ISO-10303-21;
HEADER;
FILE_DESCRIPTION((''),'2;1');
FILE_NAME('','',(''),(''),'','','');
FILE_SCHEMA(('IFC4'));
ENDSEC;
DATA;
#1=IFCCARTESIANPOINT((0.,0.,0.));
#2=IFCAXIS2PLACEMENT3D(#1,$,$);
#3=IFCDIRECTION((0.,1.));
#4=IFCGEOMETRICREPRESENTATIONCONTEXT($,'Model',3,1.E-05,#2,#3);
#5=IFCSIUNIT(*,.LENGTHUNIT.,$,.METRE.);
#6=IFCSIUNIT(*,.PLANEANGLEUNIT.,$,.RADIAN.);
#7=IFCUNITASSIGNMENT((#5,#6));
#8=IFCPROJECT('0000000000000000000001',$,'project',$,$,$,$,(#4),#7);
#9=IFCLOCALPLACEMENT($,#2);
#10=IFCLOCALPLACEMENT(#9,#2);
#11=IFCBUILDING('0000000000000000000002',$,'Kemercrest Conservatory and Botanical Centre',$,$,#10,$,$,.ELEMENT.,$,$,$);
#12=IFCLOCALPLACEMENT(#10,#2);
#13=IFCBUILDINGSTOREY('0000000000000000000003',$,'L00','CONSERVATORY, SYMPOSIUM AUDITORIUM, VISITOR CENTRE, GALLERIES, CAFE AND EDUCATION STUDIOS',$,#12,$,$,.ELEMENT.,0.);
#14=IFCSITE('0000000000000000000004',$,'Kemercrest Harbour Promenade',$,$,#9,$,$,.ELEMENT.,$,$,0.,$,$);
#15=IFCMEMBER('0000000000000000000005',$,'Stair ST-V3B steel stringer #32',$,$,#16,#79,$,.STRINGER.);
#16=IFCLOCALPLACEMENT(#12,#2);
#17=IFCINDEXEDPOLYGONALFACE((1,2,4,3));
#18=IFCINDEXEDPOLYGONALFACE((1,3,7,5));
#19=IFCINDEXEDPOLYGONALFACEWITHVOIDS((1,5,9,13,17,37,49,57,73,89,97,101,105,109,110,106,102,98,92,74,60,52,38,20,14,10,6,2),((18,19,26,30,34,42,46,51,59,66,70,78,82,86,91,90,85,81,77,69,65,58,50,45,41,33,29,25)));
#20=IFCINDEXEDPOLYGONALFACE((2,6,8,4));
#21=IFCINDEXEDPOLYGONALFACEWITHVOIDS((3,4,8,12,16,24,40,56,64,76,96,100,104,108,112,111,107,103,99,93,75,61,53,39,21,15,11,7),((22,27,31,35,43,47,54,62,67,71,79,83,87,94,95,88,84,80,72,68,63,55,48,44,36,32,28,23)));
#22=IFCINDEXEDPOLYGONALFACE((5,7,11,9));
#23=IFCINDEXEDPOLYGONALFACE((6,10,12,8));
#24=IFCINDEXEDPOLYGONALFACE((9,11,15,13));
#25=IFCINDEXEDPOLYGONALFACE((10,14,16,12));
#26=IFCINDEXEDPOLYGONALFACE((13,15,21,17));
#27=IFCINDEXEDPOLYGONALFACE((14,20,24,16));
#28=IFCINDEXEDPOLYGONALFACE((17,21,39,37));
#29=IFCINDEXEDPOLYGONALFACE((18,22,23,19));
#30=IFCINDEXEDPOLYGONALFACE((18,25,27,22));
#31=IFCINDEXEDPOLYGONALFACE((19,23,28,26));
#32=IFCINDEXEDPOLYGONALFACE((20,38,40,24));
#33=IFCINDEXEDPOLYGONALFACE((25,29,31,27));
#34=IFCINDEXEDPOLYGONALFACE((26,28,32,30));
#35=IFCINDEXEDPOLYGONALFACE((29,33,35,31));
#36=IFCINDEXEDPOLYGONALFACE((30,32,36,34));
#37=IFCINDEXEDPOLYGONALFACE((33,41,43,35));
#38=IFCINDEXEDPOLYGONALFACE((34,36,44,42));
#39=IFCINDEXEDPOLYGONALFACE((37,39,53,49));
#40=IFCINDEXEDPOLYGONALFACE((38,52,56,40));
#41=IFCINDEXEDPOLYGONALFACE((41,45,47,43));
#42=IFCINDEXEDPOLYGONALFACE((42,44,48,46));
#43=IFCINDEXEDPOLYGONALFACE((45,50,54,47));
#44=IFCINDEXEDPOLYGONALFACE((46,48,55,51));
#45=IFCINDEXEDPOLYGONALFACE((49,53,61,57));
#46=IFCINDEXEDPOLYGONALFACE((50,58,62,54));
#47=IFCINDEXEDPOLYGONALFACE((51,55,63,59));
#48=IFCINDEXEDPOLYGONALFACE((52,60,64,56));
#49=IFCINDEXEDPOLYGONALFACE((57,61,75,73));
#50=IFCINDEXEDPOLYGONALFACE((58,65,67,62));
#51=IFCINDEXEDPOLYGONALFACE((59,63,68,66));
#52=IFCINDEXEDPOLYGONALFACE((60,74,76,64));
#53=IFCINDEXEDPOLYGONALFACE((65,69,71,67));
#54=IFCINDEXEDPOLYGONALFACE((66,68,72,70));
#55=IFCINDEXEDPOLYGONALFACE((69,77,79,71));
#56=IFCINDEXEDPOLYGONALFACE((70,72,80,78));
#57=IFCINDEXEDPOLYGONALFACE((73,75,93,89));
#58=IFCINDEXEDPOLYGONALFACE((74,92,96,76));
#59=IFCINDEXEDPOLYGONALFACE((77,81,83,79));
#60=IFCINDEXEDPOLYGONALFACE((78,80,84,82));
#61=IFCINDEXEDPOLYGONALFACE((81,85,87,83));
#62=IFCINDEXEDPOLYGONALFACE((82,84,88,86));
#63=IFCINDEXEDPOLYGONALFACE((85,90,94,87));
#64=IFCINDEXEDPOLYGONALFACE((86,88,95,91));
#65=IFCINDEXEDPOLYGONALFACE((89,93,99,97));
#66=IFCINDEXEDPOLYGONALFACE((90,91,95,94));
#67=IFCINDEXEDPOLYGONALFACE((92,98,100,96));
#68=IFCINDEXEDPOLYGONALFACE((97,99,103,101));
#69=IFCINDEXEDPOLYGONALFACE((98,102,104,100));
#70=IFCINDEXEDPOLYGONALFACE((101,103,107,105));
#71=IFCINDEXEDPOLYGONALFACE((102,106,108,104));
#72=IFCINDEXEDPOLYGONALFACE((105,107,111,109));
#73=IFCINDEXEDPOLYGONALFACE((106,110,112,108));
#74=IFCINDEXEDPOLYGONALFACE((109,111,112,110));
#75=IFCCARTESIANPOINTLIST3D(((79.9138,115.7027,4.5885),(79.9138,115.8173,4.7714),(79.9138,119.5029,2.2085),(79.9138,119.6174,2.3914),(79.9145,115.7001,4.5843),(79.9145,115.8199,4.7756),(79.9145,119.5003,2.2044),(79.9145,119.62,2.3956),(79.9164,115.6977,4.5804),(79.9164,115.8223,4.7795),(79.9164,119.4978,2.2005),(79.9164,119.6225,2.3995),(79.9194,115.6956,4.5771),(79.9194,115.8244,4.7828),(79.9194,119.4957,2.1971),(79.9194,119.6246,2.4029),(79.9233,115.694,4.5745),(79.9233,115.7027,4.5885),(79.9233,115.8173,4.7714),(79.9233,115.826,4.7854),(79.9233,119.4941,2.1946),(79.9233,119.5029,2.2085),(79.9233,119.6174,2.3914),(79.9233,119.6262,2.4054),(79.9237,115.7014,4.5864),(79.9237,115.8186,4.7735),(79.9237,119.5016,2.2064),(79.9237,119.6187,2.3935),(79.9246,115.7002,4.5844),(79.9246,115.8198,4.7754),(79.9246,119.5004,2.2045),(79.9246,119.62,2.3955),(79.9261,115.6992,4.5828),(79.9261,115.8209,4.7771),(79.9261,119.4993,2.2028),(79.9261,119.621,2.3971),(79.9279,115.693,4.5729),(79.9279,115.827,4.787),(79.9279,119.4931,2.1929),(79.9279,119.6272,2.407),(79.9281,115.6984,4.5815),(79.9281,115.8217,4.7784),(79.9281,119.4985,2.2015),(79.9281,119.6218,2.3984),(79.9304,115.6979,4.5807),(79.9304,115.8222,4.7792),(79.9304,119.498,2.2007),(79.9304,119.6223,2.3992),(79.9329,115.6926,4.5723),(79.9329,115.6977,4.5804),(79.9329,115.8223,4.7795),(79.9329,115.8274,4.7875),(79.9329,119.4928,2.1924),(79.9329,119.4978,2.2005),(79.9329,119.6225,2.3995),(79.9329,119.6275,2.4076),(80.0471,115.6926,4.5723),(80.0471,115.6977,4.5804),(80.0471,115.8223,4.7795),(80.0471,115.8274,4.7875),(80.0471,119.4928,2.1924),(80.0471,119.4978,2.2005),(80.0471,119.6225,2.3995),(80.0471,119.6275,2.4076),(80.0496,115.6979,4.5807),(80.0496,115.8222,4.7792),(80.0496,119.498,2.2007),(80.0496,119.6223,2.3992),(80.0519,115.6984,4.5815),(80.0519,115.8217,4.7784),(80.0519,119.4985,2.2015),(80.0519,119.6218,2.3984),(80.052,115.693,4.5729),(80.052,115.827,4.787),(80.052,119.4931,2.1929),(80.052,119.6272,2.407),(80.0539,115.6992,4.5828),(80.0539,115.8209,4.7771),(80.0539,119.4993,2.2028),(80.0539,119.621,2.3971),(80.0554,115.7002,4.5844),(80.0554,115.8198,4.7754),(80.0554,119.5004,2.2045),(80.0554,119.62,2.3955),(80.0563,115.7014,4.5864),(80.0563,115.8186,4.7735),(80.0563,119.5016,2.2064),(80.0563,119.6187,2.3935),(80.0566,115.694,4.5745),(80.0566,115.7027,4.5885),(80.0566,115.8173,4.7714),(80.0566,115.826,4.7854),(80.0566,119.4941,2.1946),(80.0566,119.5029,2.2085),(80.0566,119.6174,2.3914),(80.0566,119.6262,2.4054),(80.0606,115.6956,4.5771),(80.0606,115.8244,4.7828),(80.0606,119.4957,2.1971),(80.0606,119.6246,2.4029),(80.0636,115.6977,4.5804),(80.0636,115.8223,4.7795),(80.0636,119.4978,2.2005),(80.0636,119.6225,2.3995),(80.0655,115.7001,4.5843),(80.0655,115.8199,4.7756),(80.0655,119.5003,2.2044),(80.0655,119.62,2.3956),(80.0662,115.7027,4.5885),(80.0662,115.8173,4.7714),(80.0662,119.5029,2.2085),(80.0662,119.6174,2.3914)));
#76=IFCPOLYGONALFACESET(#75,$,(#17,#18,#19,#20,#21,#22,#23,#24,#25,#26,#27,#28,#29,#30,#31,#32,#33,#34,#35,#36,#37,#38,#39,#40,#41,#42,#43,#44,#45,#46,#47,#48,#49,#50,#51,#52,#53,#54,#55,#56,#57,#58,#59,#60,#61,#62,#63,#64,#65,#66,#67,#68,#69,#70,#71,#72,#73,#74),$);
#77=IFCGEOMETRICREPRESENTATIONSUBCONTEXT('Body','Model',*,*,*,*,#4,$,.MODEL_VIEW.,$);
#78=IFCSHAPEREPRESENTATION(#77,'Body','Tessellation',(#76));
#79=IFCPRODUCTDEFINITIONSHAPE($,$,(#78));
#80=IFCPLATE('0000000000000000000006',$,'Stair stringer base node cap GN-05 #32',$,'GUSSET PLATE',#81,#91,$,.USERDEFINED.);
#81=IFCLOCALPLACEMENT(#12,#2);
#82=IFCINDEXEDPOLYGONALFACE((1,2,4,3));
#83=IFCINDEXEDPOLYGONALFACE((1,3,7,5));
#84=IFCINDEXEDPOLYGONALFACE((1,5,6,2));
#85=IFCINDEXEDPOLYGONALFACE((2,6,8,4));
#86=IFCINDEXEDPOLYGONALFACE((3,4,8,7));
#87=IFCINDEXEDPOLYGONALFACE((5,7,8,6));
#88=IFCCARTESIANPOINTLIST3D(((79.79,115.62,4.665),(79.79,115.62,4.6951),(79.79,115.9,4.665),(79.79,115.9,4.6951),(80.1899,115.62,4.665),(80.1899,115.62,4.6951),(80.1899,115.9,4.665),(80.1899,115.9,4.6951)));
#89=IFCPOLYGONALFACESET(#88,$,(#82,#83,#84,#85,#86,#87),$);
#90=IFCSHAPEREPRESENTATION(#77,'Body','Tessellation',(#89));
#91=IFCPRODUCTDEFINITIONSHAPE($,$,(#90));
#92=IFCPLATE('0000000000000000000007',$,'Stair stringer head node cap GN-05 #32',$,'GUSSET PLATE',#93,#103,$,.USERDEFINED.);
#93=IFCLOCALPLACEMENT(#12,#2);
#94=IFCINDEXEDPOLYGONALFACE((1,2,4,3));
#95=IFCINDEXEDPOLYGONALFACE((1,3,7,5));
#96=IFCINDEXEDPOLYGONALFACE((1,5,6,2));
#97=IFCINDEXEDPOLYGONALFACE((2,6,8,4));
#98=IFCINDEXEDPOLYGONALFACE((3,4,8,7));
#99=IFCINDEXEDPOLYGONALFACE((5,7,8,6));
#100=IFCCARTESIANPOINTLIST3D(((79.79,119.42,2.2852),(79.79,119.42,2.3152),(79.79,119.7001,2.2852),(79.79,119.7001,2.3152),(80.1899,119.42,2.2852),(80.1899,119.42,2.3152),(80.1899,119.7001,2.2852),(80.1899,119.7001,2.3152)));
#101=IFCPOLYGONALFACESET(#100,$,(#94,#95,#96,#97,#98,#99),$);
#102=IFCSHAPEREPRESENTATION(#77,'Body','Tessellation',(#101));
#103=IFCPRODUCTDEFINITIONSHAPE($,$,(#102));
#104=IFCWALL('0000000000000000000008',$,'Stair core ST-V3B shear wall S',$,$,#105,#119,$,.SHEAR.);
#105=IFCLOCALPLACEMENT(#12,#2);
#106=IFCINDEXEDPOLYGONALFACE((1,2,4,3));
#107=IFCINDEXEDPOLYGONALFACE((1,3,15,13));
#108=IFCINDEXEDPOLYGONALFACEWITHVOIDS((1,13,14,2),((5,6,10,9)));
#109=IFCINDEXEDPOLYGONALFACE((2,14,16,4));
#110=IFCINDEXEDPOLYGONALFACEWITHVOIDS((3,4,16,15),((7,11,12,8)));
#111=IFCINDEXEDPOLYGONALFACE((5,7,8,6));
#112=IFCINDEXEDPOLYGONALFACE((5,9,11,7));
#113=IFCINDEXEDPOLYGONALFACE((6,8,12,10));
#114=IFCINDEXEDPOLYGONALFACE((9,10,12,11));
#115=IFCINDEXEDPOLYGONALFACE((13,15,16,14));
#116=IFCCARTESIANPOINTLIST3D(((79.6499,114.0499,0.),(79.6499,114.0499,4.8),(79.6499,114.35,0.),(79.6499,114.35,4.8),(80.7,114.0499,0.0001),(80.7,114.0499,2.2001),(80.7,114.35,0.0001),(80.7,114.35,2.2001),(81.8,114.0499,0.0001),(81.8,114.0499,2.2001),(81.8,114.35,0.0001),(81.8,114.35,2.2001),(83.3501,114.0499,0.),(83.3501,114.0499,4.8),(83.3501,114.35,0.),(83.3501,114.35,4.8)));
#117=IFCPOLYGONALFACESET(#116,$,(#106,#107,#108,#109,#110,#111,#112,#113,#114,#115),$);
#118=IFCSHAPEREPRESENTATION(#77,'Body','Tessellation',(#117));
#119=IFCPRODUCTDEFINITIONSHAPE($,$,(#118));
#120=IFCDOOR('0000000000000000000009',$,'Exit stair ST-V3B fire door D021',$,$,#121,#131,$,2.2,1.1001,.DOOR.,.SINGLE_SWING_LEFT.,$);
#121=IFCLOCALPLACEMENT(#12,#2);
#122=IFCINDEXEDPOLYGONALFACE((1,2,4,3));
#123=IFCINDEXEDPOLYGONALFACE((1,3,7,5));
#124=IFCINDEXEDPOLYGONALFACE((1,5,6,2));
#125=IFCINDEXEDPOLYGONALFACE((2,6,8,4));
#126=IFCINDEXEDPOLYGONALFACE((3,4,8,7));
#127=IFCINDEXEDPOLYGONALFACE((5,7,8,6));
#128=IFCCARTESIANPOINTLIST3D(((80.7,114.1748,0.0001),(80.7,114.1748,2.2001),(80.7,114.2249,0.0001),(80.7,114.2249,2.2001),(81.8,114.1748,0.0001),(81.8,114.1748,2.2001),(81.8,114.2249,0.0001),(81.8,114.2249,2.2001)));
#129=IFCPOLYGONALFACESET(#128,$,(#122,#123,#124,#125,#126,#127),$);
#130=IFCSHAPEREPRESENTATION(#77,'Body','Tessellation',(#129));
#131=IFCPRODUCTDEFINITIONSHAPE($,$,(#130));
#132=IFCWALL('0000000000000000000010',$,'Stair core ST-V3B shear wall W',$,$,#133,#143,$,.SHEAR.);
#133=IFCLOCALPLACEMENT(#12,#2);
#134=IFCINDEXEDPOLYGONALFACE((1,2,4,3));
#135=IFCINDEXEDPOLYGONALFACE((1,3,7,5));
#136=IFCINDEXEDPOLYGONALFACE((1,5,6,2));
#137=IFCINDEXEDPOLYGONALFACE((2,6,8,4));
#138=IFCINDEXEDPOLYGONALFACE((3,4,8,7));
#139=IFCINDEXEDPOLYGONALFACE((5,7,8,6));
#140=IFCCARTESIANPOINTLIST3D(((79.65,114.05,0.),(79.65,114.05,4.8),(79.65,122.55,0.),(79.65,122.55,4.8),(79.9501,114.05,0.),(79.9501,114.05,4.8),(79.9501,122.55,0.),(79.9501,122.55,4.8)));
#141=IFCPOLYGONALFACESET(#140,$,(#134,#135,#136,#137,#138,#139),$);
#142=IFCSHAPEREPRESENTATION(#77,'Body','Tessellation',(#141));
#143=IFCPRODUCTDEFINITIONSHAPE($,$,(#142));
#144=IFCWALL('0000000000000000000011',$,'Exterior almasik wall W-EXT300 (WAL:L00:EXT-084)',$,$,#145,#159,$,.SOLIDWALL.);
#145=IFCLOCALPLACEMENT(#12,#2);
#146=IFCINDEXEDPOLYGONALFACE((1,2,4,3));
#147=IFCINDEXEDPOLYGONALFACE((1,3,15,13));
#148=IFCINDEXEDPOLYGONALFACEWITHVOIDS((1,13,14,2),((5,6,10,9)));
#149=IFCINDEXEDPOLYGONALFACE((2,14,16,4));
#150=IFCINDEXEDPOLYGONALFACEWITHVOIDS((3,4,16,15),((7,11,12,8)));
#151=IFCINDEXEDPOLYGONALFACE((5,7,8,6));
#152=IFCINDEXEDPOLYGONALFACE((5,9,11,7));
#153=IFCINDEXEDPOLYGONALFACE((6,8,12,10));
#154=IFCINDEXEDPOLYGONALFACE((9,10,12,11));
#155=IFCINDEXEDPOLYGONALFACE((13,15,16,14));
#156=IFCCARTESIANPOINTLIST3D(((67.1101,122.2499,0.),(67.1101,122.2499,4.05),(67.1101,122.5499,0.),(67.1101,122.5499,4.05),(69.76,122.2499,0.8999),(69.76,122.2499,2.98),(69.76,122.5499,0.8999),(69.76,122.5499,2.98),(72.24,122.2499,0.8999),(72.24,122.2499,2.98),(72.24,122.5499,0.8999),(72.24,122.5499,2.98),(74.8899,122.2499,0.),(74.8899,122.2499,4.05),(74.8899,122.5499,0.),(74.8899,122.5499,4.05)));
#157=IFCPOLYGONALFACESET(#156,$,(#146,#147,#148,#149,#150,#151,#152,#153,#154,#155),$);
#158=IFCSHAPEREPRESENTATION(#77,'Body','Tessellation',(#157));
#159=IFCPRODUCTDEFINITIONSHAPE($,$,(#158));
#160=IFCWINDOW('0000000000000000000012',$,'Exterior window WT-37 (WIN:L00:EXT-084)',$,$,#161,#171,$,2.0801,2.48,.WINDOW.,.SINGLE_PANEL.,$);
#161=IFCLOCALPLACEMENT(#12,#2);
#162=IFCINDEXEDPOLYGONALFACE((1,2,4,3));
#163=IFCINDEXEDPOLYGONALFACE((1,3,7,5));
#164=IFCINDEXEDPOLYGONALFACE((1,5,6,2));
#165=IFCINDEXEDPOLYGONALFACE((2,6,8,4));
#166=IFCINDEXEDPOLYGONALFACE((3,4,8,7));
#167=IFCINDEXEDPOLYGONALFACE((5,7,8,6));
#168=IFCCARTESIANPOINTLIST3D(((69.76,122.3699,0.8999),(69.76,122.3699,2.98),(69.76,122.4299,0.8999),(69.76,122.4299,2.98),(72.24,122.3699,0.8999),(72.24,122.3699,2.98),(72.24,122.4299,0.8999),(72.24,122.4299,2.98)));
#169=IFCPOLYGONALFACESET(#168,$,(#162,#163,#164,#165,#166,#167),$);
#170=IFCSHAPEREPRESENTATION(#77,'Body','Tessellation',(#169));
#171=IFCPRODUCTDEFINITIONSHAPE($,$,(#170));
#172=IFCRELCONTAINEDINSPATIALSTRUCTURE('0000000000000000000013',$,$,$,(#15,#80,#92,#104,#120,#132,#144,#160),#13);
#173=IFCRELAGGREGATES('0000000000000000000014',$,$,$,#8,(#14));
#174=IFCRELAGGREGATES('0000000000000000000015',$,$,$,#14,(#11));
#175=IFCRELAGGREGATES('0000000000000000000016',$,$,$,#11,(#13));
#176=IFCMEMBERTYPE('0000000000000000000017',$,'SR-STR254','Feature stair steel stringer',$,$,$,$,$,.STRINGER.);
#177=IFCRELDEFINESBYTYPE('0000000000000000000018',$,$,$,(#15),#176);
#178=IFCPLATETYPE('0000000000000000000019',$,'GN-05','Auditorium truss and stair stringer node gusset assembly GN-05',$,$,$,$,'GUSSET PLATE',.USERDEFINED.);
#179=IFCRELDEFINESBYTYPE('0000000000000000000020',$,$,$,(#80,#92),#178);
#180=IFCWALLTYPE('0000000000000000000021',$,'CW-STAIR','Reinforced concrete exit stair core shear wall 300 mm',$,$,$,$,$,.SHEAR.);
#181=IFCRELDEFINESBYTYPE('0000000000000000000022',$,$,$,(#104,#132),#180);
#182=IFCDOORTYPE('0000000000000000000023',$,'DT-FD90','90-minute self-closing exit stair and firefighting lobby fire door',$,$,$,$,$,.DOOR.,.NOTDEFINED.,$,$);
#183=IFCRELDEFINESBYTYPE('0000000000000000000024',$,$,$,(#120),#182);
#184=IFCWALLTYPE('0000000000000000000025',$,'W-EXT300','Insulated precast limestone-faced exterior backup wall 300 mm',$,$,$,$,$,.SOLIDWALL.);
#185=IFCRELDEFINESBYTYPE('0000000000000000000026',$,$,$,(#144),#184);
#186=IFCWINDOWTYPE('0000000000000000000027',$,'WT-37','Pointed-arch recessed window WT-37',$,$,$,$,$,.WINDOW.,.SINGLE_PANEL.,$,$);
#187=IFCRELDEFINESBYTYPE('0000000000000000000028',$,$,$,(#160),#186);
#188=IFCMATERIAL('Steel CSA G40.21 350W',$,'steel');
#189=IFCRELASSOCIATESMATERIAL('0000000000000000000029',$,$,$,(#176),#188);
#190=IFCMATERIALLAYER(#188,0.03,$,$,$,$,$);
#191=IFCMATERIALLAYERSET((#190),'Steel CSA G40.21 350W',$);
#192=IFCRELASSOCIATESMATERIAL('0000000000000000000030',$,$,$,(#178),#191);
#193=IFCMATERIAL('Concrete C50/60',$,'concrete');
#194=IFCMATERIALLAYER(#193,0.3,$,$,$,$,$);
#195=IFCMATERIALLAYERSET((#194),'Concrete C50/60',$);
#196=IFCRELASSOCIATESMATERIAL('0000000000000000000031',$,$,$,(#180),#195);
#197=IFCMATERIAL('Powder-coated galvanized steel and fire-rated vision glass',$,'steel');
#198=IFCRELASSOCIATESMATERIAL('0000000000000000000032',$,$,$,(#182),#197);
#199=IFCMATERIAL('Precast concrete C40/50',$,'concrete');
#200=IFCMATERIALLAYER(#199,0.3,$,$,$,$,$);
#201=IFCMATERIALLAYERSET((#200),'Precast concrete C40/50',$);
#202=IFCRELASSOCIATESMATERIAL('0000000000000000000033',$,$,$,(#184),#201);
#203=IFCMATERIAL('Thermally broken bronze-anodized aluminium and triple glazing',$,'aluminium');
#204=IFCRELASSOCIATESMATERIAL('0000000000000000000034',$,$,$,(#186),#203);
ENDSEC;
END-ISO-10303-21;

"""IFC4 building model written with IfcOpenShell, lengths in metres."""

from ifc_helpers import new_model, si_unit, direction, frame, frame_2d, origin, origin_2d, place, context, subcontext, project, spatial, rectangle, hollow_rectangle, extrude, material, layer, layer_set, material_profile, profile_set, type_object, element, fill, save


model = new_model("IFC4")

# Units and contexts
model_context = context("Model", 3, precision=1e-05, world=origin(), true_north=direction((0.0, 1.0)))
body_context = subcontext(model_context, "Body", "Model", "MODEL_VIEW")
ifc_project = project(units=[si_unit("LENGTHUNIT", "METRE"), si_unit("PLANEANGLEUNIT", "RADIAN")], contexts=[model_context])

# Site, building, storey
site_placement = place(None, origin())
site = spatial("IfcSite", under=ifc_project, at=site_placement, Name="Kemercrest Harbour Promenade", CompositionType="ELEMENT", RefElevation=0.0)
building_placement = place(site_placement, origin())
building = spatial("IfcBuilding", under=site, at=building_placement, Name="Kemercrest Conservatory and Botanical Centre", CompositionType="ELEMENT")
storey_placement = place(building_placement, origin())
storey = spatial("IfcBuildingStorey", under=building, at=storey_placement, Name="L00", Description="CONSERVATORY, SYMPOSIUM AUDITORIUM, VISITOR CENTRE, GALLERIES, CAFE AND EDUCATION STUDIOS", CompositionType="ELEMENT", Elevation=0.0)

# Shared definitions
ifc_material_1 = material(Name="Precast concrete C40/50", Category="concrete")

# Member
ifc_material_2 = material(Name="Steel CSA G40.21 350W", Category="steel")
ifc_material_profile_1 = material_profile(ifc_material_2, hollow_rectangle(XDim=0.1523, YDim=0.2539, WallThickness=0.0095, InnerFilletRadius=0.0095, OuterFilletRadius=0.019, at=origin_2d()), Name="HSS 254x152x9.5")
ifc_profile_set_1 = profile_set([ifc_material_profile_1], Name="Steel CSA G40.21 350W")
member_type = type_object("IfcMemberType", Name="SR-STR254", Description="Feature stair steel stringer", PredefinedType="STRINGER", material=ifc_profile_set_1)
member_placement = place(storey_placement, frame((79.99, 115.76, 4.6799), z_axis=(0.0, 0.847512, -0.530777), x_axis=(-1.0, 0.0, 0.0)))
element("IfcMember", 1, at=member_placement, inside=storey, type_object=member_type, Name="Stair ST-V3B steel stringer #32", PredefinedType="STRINGER", context=body_context, shape_type="SweptSolid", body=[
    extrude(hollow_rectangle(XDim=0.1523, YDim=0.2539, WallThickness=0.0095, InnerFilletRadius=0.0095, OuterFilletRadius=0.019, at=origin_2d()), origin(), (0.0, 0.0, 1.0), 4.4839),
])

# Plates
ifc_layer_1 = layer(ifc_material_2, 0.03)
ifc_layer_set_1 = layer_set([ifc_layer_1], Name="Steel CSA G40.21 350W")
plate_type = type_object("IfcPlateType", Name="GN-05", Description="Auditorium truss and stair stringer node gusset assembly GN-05", ElementType="GUSSET PLATE", PredefinedType="USERDEFINED", material=ifc_layer_set_1)
for number, where, z_axis, x_axis, name in (
    (2, (79.99, 115.76, 4.665), (0.0, 0.0, 1.0), (1.0, 0.0, 0.0), "Stair stringer base node cap GN-05 #32"),
    (3, (79.99, 119.5601, 2.2852), (0.0, 0.0, 1.0), (1.0, 0.0, 0.0), "Stair stringer head node cap GN-05 #32"),
):
    element("IfcPlate", number, at=place(storey_placement, frame(where, z_axis=z_axis, x_axis=x_axis)), inside=storey, type_object=plate_type, Name=name, ObjectType="GUSSET PLATE", PredefinedType="USERDEFINED", context=body_context, shape_type="SweptSolid", body=[
        extrude(rectangle(XDim=0.3999, YDim=0.28, at=origin_2d()), origin(), (0.0, 0.0, 1.0), 0.03),
    ])

# Wall, opening, door
ifc_material_3 = material(Name="Concrete C50/60", Category="concrete")
ifc_layer_2 = layer(ifc_material_3, 0.3)
ifc_layer_set_2 = layer_set([ifc_layer_2], Name="Concrete C50/60")
wall_type_1 = type_object("IfcWallType", Name="CW-STAIR", Description="Reinforced concrete exit stair core shear wall 300 mm", PredefinedType="SHEAR", material=ifc_layer_set_2)
wall_1_placement = place(storey_placement, frame((79.6499, 114.2, 0.0), z_axis=(0.0, 0.0, 1.0), x_axis=(1.0, 0.0, 0.0)))
wall_1 = element("IfcWall", 4, at=wall_1_placement, inside=storey, type_object=wall_type_1, Name="Stair core ST-V3B shear wall S", PredefinedType="SHEAR", context=body_context, shape_type="SweptSolid", body=[
    extrude(rectangle(XDim=3.7002, YDim=0.3, at=frame_2d((1.8501, 0.0))), origin(), (0.0, 0.0, 1.0), 4.8),
])
opening_1_placement = place(wall_1_placement, frame((1.05, 0.0, 0.0)))
opening_1 = element("IfcOpeningElement", 5, at=opening_1_placement, cuts=wall_1, PredefinedType="OPENING", context=body_context, shape_type="SweptSolid", body=[
    extrude(rectangle(XDim=1.1001, YDim=2.2, at=frame_2d((0.55, 1.1001))), frame((0.0, 0.1602, 0.0), z_axis=(0.0, -1.0, 0.0), x_axis=(1.0, 0.0, 0.0)), (0.0, 0.0, 1.0), 0.3201),
])
ifc_material_4 = material(Name="Powder-coated galvanized steel and fire-rated vision glass", Category="steel")
door_type_1 = type_object("IfcDoorType", Name="DT-FD90", Description="90-minute self-closing exit stair and firefighting lobby fire door", OperationType="NOTDEFINED", PredefinedType="DOOR", material=ifc_material_4)
door_1_placement = place(opening_1_placement, origin())
door_1 = element("IfcDoor", 6, at=door_1_placement, inside=storey, type_object=door_type_1, Name="Exit stair ST-V3B fire door D021", OperationType="SINGLE_SWING_LEFT", OverallHeight=2.2, OverallWidth=1.1001, PredefinedType="DOOR", context=body_context, shape_type="SweptSolid", body=[
    extrude(rectangle(XDim=1.1001, YDim=2.2, at=frame_2d((0.55, 1.1001))), frame((0.0, 0.0249, 0.0), z_axis=(0.0, -1.0, 0.0), x_axis=(1.0, 0.0, 0.0)), (0.0, 0.0, 1.0), 0.05),
])
fill(opening_1, door_1)

# Wall
wall_2_placement = place(storey_placement, frame((79.8, 114.05, 0.0), z_axis=(0.0, 0.0, 1.0), x_axis=(0.0, 1.0, 0.0)))
element("IfcWall", 7, at=wall_2_placement, inside=storey, type_object=wall_type_1, Name="Stair core ST-V3B shear wall W", PredefinedType="SHEAR", context=body_context, shape_type="SweptSolid", body=[
    extrude(rectangle(XDim=8.5, YDim=0.3, at=frame_2d((4.25, 0.0))), origin(), (0.0, 0.0, 1.0), 4.8),
])

# Wall, opening, window
ifc_layer_3 = layer(ifc_material_1, 0.3)
ifc_layer_set_3 = layer_set([ifc_layer_3], Name="Precast concrete C40/50")
wall_type_2 = type_object("IfcWallType", Name="W-EXT300", Description="Insulated precast limestone-faced exterior backup wall 300 mm", PredefinedType="SOLIDWALL", material=ifc_layer_set_3)
wall_3_placement = place(storey_placement, frame((74.8899, 122.3999, 0.0), z_axis=(0.0, 0.0, 1.0), x_axis=(-1.0, 0.0, 0.0)))
wall_3 = element("IfcWall", 8, at=wall_3_placement, inside=storey, type_object=wall_type_2, Name="Exterior almasik wall W-EXT300 (WAL:L00:EXT-084)", PredefinedType="SOLIDWALL", context=body_context, shape_type="SweptSolid", body=[
    extrude(rectangle(XDim=7.7798, YDim=0.3, at=frame_2d((3.8899, 0.0))), origin(), (0.0, 0.0, 1.0), 4.05),
])
opening_2_placement = place(wall_3_placement, frame((2.6499, 0.0, 0.8999)))
opening_2 = element("IfcOpeningElement", 9, at=opening_2_placement, cuts=wall_3, PredefinedType="OPENING", context=body_context, shape_type="SweptSolid", body=[
    extrude(rectangle(XDim=2.48, YDim=2.0801, at=frame_2d((1.24, 1.04))), frame((0.0, 0.1602, 0.0), z_axis=(0.0, -1.0, 0.0), x_axis=(1.0, 0.0, 0.0)), (0.0, 0.0, 1.0), 0.3201),
])
ifc_material_5 = material(Name="Thermally broken bronze-anodized aluminium and triple glazing", Category="aluminium")
window_type_1 = type_object("IfcWindowType", Name="WT-37", Description="Pointed-arch recessed window WT-37", PartitioningType="SINGLE_PANEL", PredefinedType="WINDOW", material=ifc_material_5)
window_1_placement = place(opening_2_placement, origin())
window_1 = element("IfcWindow", 10, at=window_1_placement, inside=storey, type_object=window_type_1, Name="Exterior window WT-37 (WIN:L00:EXT-084)", OverallHeight=2.0801, OverallWidth=2.48, PartitioningType="SINGLE_PANEL", PredefinedType="WINDOW", context=body_context, shape_type="SweptSolid", body=[
    extrude(rectangle(XDim=2.48, YDim=2.0801, at=frame_2d((1.24, 1.04))), frame((0.0, 0.03, 0.0), z_axis=(0.0, -1.0, 0.0), x_axis=(1.0, 0.0, 0.0)), (0.0, 0.0, 1.0), 0.0601),
])
fill(opening_2, window_1)

save(model, "model.ifc")
